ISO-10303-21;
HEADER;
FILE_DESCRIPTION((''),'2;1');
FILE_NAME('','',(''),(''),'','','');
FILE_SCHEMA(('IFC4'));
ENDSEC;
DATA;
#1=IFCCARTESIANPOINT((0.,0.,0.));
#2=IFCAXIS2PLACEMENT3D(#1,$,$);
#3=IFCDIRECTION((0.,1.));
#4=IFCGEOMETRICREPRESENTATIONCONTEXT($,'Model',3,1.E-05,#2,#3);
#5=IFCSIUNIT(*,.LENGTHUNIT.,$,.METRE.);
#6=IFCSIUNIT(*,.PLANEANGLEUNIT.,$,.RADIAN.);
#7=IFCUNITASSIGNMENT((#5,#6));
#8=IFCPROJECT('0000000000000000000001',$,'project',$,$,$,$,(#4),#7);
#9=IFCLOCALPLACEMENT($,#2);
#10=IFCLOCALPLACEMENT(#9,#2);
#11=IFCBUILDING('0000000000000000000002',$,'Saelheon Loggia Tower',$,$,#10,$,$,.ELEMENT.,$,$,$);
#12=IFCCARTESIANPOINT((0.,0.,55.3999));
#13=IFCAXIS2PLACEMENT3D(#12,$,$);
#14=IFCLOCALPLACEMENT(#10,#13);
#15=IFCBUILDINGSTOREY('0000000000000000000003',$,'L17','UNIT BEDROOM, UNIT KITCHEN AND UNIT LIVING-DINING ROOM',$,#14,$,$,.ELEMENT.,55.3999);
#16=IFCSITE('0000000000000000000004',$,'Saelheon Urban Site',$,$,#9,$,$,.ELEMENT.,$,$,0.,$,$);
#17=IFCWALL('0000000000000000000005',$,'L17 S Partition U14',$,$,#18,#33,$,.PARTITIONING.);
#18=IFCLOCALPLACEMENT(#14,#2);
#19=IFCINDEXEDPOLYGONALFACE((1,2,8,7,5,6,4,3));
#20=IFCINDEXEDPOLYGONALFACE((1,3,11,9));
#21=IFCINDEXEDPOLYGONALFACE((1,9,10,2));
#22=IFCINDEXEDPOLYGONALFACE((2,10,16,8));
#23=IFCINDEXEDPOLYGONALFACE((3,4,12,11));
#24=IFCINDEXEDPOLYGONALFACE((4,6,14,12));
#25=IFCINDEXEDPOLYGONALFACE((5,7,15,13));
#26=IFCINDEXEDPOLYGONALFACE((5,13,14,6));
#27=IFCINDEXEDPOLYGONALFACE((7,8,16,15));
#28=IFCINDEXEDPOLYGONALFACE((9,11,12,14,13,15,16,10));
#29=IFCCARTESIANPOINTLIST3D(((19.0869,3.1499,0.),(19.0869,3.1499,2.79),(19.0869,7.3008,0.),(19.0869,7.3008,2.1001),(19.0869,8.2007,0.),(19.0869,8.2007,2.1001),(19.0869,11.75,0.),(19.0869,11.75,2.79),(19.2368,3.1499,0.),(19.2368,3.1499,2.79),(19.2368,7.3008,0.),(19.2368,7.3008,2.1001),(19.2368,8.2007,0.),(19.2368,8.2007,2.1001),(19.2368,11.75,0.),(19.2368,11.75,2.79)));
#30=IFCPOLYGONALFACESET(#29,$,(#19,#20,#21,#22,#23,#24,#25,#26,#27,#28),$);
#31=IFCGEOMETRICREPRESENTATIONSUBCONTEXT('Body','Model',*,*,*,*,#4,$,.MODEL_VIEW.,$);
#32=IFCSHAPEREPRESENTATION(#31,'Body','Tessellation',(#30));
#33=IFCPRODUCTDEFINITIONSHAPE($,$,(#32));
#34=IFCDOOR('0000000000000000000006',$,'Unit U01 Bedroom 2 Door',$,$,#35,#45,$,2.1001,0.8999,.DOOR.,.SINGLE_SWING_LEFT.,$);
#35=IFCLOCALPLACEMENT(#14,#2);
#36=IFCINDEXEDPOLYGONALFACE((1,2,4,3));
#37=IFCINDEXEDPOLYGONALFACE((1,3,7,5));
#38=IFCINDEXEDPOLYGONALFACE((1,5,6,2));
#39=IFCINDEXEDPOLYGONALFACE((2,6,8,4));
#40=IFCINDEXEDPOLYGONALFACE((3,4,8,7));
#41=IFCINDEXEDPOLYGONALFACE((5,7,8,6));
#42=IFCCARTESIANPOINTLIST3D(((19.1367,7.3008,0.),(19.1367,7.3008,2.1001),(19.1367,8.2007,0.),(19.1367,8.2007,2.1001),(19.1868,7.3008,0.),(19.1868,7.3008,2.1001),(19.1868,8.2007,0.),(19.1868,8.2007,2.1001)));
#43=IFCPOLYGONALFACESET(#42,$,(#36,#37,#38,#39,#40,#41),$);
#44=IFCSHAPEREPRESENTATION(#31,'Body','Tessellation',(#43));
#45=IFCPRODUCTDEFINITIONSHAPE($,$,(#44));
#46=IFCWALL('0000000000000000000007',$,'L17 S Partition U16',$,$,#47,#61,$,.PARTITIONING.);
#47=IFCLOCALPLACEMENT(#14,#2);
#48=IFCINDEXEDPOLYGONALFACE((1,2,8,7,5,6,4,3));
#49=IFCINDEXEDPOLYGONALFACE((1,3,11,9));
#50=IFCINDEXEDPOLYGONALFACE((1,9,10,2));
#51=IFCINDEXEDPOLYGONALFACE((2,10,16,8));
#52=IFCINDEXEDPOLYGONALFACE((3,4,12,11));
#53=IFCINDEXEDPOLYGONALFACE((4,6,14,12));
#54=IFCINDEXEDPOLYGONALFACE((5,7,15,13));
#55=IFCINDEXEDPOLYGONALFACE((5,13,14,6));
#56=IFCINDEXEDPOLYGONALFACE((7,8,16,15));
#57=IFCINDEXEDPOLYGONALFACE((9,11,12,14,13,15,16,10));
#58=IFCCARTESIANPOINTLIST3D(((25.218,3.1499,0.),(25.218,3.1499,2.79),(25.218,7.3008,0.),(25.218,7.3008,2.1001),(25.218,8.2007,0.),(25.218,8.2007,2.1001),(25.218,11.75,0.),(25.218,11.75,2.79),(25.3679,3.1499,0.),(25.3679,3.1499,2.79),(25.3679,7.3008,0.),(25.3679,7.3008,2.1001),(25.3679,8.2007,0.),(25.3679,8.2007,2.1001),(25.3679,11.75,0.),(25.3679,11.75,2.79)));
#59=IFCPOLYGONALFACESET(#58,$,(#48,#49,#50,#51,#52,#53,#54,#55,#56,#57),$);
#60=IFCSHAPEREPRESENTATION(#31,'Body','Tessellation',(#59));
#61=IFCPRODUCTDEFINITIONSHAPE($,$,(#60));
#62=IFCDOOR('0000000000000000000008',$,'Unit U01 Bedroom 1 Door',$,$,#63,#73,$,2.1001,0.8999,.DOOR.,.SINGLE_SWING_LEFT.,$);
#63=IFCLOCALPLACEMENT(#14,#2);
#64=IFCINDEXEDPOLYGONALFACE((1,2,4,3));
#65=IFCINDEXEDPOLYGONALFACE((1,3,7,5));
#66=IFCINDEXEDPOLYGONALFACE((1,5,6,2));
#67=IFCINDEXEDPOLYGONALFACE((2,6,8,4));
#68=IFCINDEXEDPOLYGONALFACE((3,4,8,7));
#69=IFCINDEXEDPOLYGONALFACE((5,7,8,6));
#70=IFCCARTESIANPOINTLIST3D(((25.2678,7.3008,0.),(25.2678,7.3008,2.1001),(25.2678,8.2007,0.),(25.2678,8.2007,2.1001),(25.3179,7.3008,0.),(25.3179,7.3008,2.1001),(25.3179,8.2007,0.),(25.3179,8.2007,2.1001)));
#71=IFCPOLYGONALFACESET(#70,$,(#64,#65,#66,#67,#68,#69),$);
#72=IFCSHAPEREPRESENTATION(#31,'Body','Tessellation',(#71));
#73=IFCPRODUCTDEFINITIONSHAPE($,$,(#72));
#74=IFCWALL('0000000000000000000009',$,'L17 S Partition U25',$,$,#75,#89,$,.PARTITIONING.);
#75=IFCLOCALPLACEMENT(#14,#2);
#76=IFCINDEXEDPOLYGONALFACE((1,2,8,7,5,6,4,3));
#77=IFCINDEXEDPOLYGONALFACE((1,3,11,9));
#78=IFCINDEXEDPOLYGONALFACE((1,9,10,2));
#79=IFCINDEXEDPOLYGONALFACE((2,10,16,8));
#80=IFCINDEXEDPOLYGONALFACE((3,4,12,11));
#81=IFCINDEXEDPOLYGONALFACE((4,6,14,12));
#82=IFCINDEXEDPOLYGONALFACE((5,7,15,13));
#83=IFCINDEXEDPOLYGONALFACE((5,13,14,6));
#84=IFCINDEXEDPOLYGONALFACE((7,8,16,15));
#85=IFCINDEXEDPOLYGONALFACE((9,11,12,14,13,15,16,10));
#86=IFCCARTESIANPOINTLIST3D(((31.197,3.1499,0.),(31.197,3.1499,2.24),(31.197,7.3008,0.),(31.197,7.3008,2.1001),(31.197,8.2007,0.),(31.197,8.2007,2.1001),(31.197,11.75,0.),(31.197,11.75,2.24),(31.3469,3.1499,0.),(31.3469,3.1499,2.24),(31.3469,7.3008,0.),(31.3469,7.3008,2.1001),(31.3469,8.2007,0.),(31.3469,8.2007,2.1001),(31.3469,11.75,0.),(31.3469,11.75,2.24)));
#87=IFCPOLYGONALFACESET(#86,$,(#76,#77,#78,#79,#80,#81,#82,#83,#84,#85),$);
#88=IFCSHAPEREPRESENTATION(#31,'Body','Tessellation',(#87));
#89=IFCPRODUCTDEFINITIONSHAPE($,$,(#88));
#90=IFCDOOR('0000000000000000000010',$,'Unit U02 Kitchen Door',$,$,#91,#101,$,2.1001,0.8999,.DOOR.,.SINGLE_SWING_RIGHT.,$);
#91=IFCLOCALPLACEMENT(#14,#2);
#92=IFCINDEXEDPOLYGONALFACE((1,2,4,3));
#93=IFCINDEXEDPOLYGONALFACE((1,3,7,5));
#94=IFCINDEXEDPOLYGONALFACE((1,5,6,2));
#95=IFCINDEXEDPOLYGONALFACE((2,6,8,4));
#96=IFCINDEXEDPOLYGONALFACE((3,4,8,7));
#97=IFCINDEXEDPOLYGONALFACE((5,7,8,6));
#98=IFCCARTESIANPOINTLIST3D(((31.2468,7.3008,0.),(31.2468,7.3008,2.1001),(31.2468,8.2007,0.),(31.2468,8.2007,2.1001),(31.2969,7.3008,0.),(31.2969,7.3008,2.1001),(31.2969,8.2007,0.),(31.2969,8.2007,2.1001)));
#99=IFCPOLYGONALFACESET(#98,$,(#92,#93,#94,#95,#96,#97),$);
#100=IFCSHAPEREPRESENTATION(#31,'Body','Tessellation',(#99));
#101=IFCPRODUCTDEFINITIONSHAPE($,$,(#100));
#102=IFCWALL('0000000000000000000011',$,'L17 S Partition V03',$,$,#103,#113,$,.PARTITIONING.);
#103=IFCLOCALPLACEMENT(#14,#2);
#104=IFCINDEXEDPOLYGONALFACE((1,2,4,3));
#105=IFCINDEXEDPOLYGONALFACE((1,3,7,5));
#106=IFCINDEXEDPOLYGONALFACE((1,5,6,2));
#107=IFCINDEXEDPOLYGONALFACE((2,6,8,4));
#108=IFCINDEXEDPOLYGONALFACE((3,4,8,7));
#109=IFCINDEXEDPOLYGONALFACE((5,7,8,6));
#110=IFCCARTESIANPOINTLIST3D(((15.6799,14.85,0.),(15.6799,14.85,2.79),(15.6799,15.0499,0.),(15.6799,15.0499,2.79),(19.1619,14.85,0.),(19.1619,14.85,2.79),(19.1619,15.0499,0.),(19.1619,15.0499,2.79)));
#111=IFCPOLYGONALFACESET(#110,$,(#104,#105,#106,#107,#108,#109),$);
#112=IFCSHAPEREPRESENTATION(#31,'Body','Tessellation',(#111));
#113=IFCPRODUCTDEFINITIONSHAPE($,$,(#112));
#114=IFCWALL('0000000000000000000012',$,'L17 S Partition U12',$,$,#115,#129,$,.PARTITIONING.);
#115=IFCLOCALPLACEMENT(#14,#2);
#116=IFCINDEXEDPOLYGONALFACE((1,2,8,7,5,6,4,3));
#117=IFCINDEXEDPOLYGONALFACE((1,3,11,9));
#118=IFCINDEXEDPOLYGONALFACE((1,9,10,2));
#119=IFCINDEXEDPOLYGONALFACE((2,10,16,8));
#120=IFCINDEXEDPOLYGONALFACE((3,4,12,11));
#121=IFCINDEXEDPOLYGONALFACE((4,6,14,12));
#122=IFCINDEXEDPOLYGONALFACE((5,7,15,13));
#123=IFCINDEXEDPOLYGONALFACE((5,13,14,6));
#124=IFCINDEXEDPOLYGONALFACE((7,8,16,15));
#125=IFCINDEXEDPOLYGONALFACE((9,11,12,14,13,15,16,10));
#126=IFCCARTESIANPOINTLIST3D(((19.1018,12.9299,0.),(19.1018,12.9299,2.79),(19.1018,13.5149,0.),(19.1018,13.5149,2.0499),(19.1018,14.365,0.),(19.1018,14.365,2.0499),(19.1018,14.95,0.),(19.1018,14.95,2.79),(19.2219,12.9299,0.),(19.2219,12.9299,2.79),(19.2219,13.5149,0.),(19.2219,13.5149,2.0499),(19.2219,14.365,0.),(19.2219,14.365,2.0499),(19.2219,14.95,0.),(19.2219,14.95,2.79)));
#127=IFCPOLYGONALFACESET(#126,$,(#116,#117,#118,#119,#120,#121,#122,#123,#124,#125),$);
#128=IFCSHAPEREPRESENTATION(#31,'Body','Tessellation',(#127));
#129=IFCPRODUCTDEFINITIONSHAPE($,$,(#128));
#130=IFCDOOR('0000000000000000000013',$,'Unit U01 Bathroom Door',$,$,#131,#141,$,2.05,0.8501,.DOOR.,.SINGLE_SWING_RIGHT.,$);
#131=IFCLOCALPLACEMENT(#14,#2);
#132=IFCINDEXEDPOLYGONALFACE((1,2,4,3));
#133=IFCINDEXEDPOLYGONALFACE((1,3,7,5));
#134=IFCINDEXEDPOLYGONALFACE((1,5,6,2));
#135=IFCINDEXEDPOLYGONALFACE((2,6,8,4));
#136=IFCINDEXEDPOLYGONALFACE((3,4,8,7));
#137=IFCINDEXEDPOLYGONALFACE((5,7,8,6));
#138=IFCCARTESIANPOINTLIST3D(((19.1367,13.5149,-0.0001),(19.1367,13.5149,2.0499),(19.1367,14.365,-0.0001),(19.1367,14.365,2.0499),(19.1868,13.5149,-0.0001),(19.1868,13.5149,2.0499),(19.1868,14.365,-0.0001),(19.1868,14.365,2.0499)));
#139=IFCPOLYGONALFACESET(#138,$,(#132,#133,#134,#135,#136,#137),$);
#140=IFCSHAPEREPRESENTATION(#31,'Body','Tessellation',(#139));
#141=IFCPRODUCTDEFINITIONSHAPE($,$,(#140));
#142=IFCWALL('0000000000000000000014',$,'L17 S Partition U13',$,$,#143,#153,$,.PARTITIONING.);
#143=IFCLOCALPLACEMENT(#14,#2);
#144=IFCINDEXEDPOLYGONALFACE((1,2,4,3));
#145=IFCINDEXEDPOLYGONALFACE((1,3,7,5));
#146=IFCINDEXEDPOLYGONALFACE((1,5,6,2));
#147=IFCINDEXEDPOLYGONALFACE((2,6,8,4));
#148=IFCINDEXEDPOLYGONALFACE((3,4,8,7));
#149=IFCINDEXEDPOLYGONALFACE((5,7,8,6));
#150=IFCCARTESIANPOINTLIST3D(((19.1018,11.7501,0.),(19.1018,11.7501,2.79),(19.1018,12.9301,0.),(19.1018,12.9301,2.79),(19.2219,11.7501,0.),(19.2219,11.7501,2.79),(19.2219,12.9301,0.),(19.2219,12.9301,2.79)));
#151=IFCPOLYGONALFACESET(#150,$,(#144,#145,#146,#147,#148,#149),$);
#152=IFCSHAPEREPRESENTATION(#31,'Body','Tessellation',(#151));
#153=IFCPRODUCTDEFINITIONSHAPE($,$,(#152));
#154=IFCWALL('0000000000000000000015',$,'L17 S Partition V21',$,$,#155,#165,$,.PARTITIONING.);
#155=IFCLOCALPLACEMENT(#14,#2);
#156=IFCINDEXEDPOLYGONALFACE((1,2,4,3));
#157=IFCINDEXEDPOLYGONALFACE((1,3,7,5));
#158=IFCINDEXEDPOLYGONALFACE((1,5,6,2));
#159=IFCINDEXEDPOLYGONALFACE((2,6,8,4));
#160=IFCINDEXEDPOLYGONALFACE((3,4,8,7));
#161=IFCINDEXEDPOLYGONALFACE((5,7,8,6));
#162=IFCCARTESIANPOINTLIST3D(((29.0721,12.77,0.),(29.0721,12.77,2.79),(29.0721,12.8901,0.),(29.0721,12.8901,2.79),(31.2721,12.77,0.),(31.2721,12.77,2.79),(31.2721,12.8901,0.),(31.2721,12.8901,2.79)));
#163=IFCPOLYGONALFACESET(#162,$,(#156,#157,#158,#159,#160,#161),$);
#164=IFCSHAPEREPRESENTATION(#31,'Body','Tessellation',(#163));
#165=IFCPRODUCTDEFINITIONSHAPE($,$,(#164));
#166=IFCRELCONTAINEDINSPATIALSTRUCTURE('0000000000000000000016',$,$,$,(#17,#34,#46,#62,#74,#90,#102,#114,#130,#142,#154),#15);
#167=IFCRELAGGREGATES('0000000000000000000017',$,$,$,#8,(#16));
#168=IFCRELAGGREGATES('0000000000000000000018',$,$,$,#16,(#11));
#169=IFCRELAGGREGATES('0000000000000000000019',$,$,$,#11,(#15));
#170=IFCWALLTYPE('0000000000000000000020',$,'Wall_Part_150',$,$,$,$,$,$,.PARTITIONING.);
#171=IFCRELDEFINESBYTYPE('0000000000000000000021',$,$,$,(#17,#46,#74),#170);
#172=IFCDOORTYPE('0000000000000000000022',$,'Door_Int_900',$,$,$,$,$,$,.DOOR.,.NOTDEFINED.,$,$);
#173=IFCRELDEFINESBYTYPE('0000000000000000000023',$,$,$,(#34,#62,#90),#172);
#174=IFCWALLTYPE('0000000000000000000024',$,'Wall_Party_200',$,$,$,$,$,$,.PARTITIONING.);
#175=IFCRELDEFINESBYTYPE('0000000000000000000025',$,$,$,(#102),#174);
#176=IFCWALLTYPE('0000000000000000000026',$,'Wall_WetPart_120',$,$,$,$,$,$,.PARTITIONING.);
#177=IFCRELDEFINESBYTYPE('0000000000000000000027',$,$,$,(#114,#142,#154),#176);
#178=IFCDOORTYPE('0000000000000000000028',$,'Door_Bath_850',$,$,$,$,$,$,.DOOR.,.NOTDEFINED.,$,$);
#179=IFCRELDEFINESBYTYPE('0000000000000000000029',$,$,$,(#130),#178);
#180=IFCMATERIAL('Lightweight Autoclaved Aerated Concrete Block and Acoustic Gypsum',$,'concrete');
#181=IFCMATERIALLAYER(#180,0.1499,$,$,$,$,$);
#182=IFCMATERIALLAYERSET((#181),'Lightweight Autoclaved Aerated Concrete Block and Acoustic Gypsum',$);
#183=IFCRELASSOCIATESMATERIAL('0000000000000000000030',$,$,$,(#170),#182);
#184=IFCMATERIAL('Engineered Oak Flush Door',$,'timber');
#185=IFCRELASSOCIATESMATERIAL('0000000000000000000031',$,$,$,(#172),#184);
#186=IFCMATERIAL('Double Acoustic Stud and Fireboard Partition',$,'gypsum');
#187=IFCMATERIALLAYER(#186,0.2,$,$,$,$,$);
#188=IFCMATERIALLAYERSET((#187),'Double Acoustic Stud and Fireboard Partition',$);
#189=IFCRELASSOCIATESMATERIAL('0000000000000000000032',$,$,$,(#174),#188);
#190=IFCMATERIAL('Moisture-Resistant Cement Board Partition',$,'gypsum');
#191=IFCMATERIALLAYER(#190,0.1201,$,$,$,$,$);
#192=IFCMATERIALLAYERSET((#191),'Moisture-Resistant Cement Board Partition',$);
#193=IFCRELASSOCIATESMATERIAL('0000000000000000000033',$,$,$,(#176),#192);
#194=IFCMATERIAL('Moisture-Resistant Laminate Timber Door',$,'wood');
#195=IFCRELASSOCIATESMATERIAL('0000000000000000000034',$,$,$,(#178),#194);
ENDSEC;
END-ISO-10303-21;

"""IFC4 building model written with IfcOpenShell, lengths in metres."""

from ifc_helpers import new_model, si_unit, direction, frame, frame_2d, origin, place, context, subcontext, project, spatial, rectangle, extrude, source, transform, mapped, material, layer, layer_set, type_object, element, fill, save


model = new_model("IFC4")

# Units and contexts
model_context = context("Model", 3, precision=1e-05, world=origin(), true_north=direction((0.0, 1.0)))
body_context = subcontext(model_context, "Body", "Model", "MODEL_VIEW")
ifc_project = project(units=[si_unit("LENGTHUNIT", "METRE"), si_unit("PLANEANGLEUNIT", "RADIAN")], contexts=[model_context])

# Site, building, storey
site_placement = place(None, origin())
site = spatial("IfcSite", under=ifc_project, at=site_placement, Name="Saelheon Urban Site", CompositionType="ELEMENT", RefElevation=0.0)
building_placement = place(site_placement, origin())
building = spatial("IfcBuilding", under=site, at=building_placement, Name="Saelheon Loggia Tower", CompositionType="ELEMENT")
storey_placement = place(building_placement, frame((0.0, 0.0, 55.3999)))
storey = spatial("IfcBuildingStorey", under=building, at=storey_placement, Name="L17", Description="UNIT BEDROOM, UNIT KITCHEN AND UNIT LIVING-DINING ROOM", CompositionType="ELEMENT", Elevation=55.3999)

# Shared definitions
ifc_material_1 = material(Name="Lightweight Autoclaved Aerated Concrete Block and Acoustic Gypsum", Category="concrete")
ifc_layer_1 = layer(ifc_material_1, 0.1499)
ifc_layer_set_1 = layer_set([ifc_layer_1], Name="Lightweight Autoclaved Aerated Concrete Block and Acoustic Gypsum")
wall_type_1 = type_object("IfcWallType", Name="Wall_Part_150", PredefinedType="PARTITIONING", material=ifc_layer_set_1)
ifc_material_2 = material(Name="Engineered Oak Flush Door", Category="timber")
door_type_1 = type_object("IfcDoorType", Name="Door_Int_900", OperationType="NOTDEFINED", PredefinedType="DOOR", material=ifc_material_2)
shared_shape_1 = source(origin(), body_context, "Body", "SweptSolid", [
    extrude(rectangle(XDim=0.8999, YDim=2.1001, at=frame_2d((0.45, 1.05))), frame((0.0, 0.0249, 0.0), z_axis=(0.0, -1.0, 0.0), x_axis=(1.0, 0.0, 0.0)), (0.0, 0.0, 1.0), 0.05),
])

# Walls, openings, doors
wall_1_placement = place(storey_placement, frame((19.1619, 11.75, 0.0), z_axis=(0.0, 0.0, 1.0), x_axis=(0.0, -1.0, 0.0)))
wall_1 = element("IfcWall", 1, at=wall_1_placement, inside=storey, type_object=wall_type_1, Name="L17 S Partition U14", PredefinedType="PARTITIONING", context=body_context, shape_type="SweptSolid", body=[
    extrude(rectangle(XDim=8.6001, YDim=0.1499, at=frame_2d((4.3, 0.0))), origin(), (0.0, 0.0, 1.0), 2.79),
])
opening_1_placement = place(wall_1_placement, frame((3.5493, 0.0, 0.0)))
opening_1 = element("IfcOpeningElement", 2, at=opening_1_placement, cuts=wall_1, PredefinedType="OPENING", context=body_context, shape_type="SweptSolid", body=[
    extrude(rectangle(XDim=0.8999, YDim=2.1001, at=frame_2d((0.45, 1.05))), frame((0.0, 0.0869, 0.0), z_axis=(0.0, -1.0, 0.0), x_axis=(1.0, 0.0, 0.0)), (0.0, 0.0, 1.0), 0.1738),
])
door_1_placement = place(opening_1_placement, origin())
door_1 = element("IfcDoor", 3, at=door_1_placement, inside=storey, type_object=door_type_1, Name="Unit U01 Bedroom 2 Door", OperationType="SINGLE_SWING_LEFT", OverallHeight=2.1001, OverallWidth=0.8999, PredefinedType="DOOR", context=body_context, shape_type="MappedRepresentation", body=[
    mapped(shared_shape_1, transform((0.0, 0.0, 0.0), scale=1.0)),
])
fill(opening_1, door_1)
wall_2_placement = place(storey_placement, frame((25.293, 11.75, 0.0), z_axis=(0.0, 0.0, 1.0), x_axis=(0.0, -1.0, 0.0)))
wall_2 = element("IfcWall", 4, at=wall_2_placement, inside=storey, type_object=wall_type_1, Name="L17 S Partition U16", PredefinedType="PARTITIONING", context=body_context, shape_type="SweptSolid", body=[
    extrude(rectangle(XDim=8.6001, YDim=0.1499, at=frame_2d((4.3, 0.0))), origin(), (0.0, 0.0, 1.0), 2.79),
])
opening_2_placement = place(wall_2_placement, frame((3.5493, 0.0, 0.0)))
opening_2 = element("IfcOpeningElement", 5, at=opening_2_placement, cuts=wall_2, PredefinedType="OPENING", context=body_context, shape_type="SweptSolid", body=[
    extrude(rectangle(XDim=0.8999, YDim=2.1001, at=frame_2d((0.45, 1.05))), frame((0.0, 0.0869, 0.0), z_axis=(0.0, -1.0, 0.0), x_axis=(1.0, 0.0, 0.0)), (0.0, 0.0, 1.0), 0.1738),
])
door_2_placement = place(opening_2_placement, origin())
door_2 = element("IfcDoor", 6, at=door_2_placement, inside=storey, type_object=door_type_1, Name="Unit U01 Bedroom 1 Door", OperationType="SINGLE_SWING_LEFT", OverallHeight=2.1001, OverallWidth=0.8999, PredefinedType="DOOR", context=body_context, shape_type="MappedRepresentation", body=[
    mapped(shared_shape_1, transform((0.0, 0.0, 0.0), scale=1.0)),
])
fill(opening_2, door_2)
wall_3_placement = place(storey_placement, frame((31.272, 11.75, 0.0), z_axis=(0.0, 0.0, 1.0), x_axis=(0.0, -1.0, 0.0)))
wall_3 = element("IfcWall", 7, at=wall_3_placement, inside=storey, type_object=wall_type_1, Name="L17 S Partition U25", PredefinedType="PARTITIONING", context=body_context, shape_type="SweptSolid", body=[
    extrude(rectangle(XDim=8.6001, YDim=0.1499, at=frame_2d((4.3, 0.0))), origin(), (0.0, 0.0, 1.0), 2.24),
])
opening_3_placement = place(wall_3_placement, frame((3.5493, 0.0, 0.0)))
opening_3 = element("IfcOpeningElement", 8, at=opening_3_placement, cuts=wall_3, PredefinedType="OPENING", context=body_context, shape_type="SweptSolid", body=[
    extrude(rectangle(XDim=0.8999, YDim=2.1001, at=frame_2d((0.45, 1.05))), frame((0.0, 0.0869, 0.0), z_axis=(0.0, -1.0, 0.0), x_axis=(1.0, 0.0, 0.0)), (0.0, 0.0, 1.0), 0.1738),
])
door_3_placement = place(opening_3_placement, origin())
door_3 = element("IfcDoor", 9, at=door_3_placement, inside=storey, type_object=door_type_1, Name="Unit U02 Kitchen Door", OperationType="SINGLE_SWING_RIGHT", OverallHeight=2.1001, OverallWidth=0.8999, PredefinedType="DOOR", context=body_context, shape_type="MappedRepresentation", body=[
    mapped(shared_shape_1, transform((0.0, 0.0, 0.0), scale=1.0)),
])
fill(opening_3, door_3)

# Wall
ifc_material_3 = material(Name="Double Acoustic Stud and Fireboard Partition", Category="gypsum")
ifc_layer_2 = layer(ifc_material_3, 0.2)
ifc_layer_set_2 = layer_set([ifc_layer_2], Name="Double Acoustic Stud and Fireboard Partition")
wall_type_2 = type_object("IfcWallType", Name="Wall_Party_200", PredefinedType="PARTITIONING", material=ifc_layer_set_2)
wall_4_placement = place(storey_placement, frame((15.6799, 14.95, 0.0), z_axis=(0.0, 0.0, 1.0), x_axis=(1.0, 0.0, 0.0)))
element("IfcWall", 10, at=wall_4_placement, inside=storey, type_object=wall_type_2, Name="L17 S Partition V03", PredefinedType="PARTITIONING", context=body_context, shape_type="SweptSolid", body=[
    extrude(rectangle(XDim=3.4819, YDim=0.2, at=frame_2d((1.741, 0.0))), origin(), (0.0, 0.0, 1.0), 2.79),
])

# Wall, opening, door
ifc_material_4 = material(Name="Moisture-Resistant Cement Board Partition", Category="gypsum")
ifc_layer_3 = layer(ifc_material_4, 0.1201)
ifc_layer_set_3 = layer_set([ifc_layer_3], Name="Moisture-Resistant Cement Board Partition")
wall_type_3 = type_object("IfcWallType", Name="Wall_WetPart_120", PredefinedType="PARTITIONING", material=ifc_layer_set_3)
wall_5_placement = place(storey_placement, frame((19.1619, 14.95, 0.0), z_axis=(0.0, 0.0, 1.0), x_axis=(0.0, -1.0, 0.0)))
wall_5 = element("IfcWall", 11, at=wall_5_placement, inside=storey, type_object=wall_type_3, Name="L17 S Partition U12", PredefinedType="PARTITIONING", context=body_context, shape_type="SweptSolid", body=[
    extrude(rectangle(XDim=2.02, YDim=0.1201, at=frame_2d((1.01, 0.0))), origin(), (0.0, 0.0, 1.0), 2.79),
])
opening_4_placement = place(wall_5_placement, frame((0.585, 0.0, 0.0)))
opening_4 = element("IfcOpeningElement", 12, at=opening_4_placement, cuts=wall_5, PredefinedType="OPENING", context=body_context, shape_type="SweptSolid", body=[
    extrude(rectangle(XDim=0.8501, YDim=2.05, at=frame_2d((0.425, 1.0249))), frame((0.0, 0.072, 0.0), z_axis=(0.0, -1.0, 0.0), x_axis=(1.0, 0.0, 0.0)), (0.0, 0.0, 1.0), 0.144),
])
ifc_material_5 = material(Name="Moisture-Resistant Laminate Timber Door", Category="wood")
door_type_2 = type_object("IfcDoorType", Name="Door_Bath_850", OperationType="NOTDEFINED", PredefinedType="DOOR", material=ifc_material_5)
shared_shape_2 = source(origin(), body_context, "Body", "SweptSolid", [
    extrude(rectangle(XDim=0.8501, YDim=2.05, at=frame_2d((0.425, 1.0249))), frame((0.0, 0.0249, 0.0), z_axis=(0.0, -1.0, 0.0), x_axis=(1.0, 0.0, 0.0)), (0.0, 0.0, 1.0), 0.05),
])
door_4_placement = place(opening_4_placement, origin())
door_4 = element("IfcDoor", 13, at=door_4_placement, inside=storey, type_object=door_type_2, Name="Unit U01 Bathroom Door", OperationType="SINGLE_SWING_RIGHT", OverallHeight=2.05, OverallWidth=0.8501, PredefinedType="DOOR", context=body_context, shape_type="MappedRepresentation", body=[
    mapped(shared_shape_2, transform((0.0, 0.0, 0.0), scale=1.0)),
])
fill(opening_4, door_4)

# Walls
wall_6_placement = place(storey_placement, frame((19.1619, 12.9299, 0.0), z_axis=(0.0, 0.0, 1.0), x_axis=(0.0, -1.0, 0.0)))
element("IfcWall", 14, at=wall_6_placement, inside=storey, type_object=wall_type_3, Name="L17 S Partition U13", PredefinedType="PARTITIONING", context=body_context, shape_type="SweptSolid", body=[
    extrude(rectangle(XDim=1.1799, YDim=0.1201, at=frame_2d((0.5898, 0.0))), origin(), (0.0, 0.0, 1.0), 2.79),
])
wall_7_placement = place(storey_placement, frame((29.072, 12.8301, 0.0), z_axis=(0.0, 0.0, 1.0), x_axis=(1.0, 0.0, 0.0)))
element("IfcWall", 15, at=wall_7_placement, inside=storey, type_object=wall_type_3, Name="L17 S Partition V21", PredefinedType="PARTITIONING", context=body_context, shape_type="SweptSolid", body=[
    extrude(rectangle(XDim=2.2, YDim=0.1201, at=frame_2d((1.1001, 0.0))), origin(), (0.0, 0.0, 1.0), 2.79),
])

save(model, "model.ifc")
